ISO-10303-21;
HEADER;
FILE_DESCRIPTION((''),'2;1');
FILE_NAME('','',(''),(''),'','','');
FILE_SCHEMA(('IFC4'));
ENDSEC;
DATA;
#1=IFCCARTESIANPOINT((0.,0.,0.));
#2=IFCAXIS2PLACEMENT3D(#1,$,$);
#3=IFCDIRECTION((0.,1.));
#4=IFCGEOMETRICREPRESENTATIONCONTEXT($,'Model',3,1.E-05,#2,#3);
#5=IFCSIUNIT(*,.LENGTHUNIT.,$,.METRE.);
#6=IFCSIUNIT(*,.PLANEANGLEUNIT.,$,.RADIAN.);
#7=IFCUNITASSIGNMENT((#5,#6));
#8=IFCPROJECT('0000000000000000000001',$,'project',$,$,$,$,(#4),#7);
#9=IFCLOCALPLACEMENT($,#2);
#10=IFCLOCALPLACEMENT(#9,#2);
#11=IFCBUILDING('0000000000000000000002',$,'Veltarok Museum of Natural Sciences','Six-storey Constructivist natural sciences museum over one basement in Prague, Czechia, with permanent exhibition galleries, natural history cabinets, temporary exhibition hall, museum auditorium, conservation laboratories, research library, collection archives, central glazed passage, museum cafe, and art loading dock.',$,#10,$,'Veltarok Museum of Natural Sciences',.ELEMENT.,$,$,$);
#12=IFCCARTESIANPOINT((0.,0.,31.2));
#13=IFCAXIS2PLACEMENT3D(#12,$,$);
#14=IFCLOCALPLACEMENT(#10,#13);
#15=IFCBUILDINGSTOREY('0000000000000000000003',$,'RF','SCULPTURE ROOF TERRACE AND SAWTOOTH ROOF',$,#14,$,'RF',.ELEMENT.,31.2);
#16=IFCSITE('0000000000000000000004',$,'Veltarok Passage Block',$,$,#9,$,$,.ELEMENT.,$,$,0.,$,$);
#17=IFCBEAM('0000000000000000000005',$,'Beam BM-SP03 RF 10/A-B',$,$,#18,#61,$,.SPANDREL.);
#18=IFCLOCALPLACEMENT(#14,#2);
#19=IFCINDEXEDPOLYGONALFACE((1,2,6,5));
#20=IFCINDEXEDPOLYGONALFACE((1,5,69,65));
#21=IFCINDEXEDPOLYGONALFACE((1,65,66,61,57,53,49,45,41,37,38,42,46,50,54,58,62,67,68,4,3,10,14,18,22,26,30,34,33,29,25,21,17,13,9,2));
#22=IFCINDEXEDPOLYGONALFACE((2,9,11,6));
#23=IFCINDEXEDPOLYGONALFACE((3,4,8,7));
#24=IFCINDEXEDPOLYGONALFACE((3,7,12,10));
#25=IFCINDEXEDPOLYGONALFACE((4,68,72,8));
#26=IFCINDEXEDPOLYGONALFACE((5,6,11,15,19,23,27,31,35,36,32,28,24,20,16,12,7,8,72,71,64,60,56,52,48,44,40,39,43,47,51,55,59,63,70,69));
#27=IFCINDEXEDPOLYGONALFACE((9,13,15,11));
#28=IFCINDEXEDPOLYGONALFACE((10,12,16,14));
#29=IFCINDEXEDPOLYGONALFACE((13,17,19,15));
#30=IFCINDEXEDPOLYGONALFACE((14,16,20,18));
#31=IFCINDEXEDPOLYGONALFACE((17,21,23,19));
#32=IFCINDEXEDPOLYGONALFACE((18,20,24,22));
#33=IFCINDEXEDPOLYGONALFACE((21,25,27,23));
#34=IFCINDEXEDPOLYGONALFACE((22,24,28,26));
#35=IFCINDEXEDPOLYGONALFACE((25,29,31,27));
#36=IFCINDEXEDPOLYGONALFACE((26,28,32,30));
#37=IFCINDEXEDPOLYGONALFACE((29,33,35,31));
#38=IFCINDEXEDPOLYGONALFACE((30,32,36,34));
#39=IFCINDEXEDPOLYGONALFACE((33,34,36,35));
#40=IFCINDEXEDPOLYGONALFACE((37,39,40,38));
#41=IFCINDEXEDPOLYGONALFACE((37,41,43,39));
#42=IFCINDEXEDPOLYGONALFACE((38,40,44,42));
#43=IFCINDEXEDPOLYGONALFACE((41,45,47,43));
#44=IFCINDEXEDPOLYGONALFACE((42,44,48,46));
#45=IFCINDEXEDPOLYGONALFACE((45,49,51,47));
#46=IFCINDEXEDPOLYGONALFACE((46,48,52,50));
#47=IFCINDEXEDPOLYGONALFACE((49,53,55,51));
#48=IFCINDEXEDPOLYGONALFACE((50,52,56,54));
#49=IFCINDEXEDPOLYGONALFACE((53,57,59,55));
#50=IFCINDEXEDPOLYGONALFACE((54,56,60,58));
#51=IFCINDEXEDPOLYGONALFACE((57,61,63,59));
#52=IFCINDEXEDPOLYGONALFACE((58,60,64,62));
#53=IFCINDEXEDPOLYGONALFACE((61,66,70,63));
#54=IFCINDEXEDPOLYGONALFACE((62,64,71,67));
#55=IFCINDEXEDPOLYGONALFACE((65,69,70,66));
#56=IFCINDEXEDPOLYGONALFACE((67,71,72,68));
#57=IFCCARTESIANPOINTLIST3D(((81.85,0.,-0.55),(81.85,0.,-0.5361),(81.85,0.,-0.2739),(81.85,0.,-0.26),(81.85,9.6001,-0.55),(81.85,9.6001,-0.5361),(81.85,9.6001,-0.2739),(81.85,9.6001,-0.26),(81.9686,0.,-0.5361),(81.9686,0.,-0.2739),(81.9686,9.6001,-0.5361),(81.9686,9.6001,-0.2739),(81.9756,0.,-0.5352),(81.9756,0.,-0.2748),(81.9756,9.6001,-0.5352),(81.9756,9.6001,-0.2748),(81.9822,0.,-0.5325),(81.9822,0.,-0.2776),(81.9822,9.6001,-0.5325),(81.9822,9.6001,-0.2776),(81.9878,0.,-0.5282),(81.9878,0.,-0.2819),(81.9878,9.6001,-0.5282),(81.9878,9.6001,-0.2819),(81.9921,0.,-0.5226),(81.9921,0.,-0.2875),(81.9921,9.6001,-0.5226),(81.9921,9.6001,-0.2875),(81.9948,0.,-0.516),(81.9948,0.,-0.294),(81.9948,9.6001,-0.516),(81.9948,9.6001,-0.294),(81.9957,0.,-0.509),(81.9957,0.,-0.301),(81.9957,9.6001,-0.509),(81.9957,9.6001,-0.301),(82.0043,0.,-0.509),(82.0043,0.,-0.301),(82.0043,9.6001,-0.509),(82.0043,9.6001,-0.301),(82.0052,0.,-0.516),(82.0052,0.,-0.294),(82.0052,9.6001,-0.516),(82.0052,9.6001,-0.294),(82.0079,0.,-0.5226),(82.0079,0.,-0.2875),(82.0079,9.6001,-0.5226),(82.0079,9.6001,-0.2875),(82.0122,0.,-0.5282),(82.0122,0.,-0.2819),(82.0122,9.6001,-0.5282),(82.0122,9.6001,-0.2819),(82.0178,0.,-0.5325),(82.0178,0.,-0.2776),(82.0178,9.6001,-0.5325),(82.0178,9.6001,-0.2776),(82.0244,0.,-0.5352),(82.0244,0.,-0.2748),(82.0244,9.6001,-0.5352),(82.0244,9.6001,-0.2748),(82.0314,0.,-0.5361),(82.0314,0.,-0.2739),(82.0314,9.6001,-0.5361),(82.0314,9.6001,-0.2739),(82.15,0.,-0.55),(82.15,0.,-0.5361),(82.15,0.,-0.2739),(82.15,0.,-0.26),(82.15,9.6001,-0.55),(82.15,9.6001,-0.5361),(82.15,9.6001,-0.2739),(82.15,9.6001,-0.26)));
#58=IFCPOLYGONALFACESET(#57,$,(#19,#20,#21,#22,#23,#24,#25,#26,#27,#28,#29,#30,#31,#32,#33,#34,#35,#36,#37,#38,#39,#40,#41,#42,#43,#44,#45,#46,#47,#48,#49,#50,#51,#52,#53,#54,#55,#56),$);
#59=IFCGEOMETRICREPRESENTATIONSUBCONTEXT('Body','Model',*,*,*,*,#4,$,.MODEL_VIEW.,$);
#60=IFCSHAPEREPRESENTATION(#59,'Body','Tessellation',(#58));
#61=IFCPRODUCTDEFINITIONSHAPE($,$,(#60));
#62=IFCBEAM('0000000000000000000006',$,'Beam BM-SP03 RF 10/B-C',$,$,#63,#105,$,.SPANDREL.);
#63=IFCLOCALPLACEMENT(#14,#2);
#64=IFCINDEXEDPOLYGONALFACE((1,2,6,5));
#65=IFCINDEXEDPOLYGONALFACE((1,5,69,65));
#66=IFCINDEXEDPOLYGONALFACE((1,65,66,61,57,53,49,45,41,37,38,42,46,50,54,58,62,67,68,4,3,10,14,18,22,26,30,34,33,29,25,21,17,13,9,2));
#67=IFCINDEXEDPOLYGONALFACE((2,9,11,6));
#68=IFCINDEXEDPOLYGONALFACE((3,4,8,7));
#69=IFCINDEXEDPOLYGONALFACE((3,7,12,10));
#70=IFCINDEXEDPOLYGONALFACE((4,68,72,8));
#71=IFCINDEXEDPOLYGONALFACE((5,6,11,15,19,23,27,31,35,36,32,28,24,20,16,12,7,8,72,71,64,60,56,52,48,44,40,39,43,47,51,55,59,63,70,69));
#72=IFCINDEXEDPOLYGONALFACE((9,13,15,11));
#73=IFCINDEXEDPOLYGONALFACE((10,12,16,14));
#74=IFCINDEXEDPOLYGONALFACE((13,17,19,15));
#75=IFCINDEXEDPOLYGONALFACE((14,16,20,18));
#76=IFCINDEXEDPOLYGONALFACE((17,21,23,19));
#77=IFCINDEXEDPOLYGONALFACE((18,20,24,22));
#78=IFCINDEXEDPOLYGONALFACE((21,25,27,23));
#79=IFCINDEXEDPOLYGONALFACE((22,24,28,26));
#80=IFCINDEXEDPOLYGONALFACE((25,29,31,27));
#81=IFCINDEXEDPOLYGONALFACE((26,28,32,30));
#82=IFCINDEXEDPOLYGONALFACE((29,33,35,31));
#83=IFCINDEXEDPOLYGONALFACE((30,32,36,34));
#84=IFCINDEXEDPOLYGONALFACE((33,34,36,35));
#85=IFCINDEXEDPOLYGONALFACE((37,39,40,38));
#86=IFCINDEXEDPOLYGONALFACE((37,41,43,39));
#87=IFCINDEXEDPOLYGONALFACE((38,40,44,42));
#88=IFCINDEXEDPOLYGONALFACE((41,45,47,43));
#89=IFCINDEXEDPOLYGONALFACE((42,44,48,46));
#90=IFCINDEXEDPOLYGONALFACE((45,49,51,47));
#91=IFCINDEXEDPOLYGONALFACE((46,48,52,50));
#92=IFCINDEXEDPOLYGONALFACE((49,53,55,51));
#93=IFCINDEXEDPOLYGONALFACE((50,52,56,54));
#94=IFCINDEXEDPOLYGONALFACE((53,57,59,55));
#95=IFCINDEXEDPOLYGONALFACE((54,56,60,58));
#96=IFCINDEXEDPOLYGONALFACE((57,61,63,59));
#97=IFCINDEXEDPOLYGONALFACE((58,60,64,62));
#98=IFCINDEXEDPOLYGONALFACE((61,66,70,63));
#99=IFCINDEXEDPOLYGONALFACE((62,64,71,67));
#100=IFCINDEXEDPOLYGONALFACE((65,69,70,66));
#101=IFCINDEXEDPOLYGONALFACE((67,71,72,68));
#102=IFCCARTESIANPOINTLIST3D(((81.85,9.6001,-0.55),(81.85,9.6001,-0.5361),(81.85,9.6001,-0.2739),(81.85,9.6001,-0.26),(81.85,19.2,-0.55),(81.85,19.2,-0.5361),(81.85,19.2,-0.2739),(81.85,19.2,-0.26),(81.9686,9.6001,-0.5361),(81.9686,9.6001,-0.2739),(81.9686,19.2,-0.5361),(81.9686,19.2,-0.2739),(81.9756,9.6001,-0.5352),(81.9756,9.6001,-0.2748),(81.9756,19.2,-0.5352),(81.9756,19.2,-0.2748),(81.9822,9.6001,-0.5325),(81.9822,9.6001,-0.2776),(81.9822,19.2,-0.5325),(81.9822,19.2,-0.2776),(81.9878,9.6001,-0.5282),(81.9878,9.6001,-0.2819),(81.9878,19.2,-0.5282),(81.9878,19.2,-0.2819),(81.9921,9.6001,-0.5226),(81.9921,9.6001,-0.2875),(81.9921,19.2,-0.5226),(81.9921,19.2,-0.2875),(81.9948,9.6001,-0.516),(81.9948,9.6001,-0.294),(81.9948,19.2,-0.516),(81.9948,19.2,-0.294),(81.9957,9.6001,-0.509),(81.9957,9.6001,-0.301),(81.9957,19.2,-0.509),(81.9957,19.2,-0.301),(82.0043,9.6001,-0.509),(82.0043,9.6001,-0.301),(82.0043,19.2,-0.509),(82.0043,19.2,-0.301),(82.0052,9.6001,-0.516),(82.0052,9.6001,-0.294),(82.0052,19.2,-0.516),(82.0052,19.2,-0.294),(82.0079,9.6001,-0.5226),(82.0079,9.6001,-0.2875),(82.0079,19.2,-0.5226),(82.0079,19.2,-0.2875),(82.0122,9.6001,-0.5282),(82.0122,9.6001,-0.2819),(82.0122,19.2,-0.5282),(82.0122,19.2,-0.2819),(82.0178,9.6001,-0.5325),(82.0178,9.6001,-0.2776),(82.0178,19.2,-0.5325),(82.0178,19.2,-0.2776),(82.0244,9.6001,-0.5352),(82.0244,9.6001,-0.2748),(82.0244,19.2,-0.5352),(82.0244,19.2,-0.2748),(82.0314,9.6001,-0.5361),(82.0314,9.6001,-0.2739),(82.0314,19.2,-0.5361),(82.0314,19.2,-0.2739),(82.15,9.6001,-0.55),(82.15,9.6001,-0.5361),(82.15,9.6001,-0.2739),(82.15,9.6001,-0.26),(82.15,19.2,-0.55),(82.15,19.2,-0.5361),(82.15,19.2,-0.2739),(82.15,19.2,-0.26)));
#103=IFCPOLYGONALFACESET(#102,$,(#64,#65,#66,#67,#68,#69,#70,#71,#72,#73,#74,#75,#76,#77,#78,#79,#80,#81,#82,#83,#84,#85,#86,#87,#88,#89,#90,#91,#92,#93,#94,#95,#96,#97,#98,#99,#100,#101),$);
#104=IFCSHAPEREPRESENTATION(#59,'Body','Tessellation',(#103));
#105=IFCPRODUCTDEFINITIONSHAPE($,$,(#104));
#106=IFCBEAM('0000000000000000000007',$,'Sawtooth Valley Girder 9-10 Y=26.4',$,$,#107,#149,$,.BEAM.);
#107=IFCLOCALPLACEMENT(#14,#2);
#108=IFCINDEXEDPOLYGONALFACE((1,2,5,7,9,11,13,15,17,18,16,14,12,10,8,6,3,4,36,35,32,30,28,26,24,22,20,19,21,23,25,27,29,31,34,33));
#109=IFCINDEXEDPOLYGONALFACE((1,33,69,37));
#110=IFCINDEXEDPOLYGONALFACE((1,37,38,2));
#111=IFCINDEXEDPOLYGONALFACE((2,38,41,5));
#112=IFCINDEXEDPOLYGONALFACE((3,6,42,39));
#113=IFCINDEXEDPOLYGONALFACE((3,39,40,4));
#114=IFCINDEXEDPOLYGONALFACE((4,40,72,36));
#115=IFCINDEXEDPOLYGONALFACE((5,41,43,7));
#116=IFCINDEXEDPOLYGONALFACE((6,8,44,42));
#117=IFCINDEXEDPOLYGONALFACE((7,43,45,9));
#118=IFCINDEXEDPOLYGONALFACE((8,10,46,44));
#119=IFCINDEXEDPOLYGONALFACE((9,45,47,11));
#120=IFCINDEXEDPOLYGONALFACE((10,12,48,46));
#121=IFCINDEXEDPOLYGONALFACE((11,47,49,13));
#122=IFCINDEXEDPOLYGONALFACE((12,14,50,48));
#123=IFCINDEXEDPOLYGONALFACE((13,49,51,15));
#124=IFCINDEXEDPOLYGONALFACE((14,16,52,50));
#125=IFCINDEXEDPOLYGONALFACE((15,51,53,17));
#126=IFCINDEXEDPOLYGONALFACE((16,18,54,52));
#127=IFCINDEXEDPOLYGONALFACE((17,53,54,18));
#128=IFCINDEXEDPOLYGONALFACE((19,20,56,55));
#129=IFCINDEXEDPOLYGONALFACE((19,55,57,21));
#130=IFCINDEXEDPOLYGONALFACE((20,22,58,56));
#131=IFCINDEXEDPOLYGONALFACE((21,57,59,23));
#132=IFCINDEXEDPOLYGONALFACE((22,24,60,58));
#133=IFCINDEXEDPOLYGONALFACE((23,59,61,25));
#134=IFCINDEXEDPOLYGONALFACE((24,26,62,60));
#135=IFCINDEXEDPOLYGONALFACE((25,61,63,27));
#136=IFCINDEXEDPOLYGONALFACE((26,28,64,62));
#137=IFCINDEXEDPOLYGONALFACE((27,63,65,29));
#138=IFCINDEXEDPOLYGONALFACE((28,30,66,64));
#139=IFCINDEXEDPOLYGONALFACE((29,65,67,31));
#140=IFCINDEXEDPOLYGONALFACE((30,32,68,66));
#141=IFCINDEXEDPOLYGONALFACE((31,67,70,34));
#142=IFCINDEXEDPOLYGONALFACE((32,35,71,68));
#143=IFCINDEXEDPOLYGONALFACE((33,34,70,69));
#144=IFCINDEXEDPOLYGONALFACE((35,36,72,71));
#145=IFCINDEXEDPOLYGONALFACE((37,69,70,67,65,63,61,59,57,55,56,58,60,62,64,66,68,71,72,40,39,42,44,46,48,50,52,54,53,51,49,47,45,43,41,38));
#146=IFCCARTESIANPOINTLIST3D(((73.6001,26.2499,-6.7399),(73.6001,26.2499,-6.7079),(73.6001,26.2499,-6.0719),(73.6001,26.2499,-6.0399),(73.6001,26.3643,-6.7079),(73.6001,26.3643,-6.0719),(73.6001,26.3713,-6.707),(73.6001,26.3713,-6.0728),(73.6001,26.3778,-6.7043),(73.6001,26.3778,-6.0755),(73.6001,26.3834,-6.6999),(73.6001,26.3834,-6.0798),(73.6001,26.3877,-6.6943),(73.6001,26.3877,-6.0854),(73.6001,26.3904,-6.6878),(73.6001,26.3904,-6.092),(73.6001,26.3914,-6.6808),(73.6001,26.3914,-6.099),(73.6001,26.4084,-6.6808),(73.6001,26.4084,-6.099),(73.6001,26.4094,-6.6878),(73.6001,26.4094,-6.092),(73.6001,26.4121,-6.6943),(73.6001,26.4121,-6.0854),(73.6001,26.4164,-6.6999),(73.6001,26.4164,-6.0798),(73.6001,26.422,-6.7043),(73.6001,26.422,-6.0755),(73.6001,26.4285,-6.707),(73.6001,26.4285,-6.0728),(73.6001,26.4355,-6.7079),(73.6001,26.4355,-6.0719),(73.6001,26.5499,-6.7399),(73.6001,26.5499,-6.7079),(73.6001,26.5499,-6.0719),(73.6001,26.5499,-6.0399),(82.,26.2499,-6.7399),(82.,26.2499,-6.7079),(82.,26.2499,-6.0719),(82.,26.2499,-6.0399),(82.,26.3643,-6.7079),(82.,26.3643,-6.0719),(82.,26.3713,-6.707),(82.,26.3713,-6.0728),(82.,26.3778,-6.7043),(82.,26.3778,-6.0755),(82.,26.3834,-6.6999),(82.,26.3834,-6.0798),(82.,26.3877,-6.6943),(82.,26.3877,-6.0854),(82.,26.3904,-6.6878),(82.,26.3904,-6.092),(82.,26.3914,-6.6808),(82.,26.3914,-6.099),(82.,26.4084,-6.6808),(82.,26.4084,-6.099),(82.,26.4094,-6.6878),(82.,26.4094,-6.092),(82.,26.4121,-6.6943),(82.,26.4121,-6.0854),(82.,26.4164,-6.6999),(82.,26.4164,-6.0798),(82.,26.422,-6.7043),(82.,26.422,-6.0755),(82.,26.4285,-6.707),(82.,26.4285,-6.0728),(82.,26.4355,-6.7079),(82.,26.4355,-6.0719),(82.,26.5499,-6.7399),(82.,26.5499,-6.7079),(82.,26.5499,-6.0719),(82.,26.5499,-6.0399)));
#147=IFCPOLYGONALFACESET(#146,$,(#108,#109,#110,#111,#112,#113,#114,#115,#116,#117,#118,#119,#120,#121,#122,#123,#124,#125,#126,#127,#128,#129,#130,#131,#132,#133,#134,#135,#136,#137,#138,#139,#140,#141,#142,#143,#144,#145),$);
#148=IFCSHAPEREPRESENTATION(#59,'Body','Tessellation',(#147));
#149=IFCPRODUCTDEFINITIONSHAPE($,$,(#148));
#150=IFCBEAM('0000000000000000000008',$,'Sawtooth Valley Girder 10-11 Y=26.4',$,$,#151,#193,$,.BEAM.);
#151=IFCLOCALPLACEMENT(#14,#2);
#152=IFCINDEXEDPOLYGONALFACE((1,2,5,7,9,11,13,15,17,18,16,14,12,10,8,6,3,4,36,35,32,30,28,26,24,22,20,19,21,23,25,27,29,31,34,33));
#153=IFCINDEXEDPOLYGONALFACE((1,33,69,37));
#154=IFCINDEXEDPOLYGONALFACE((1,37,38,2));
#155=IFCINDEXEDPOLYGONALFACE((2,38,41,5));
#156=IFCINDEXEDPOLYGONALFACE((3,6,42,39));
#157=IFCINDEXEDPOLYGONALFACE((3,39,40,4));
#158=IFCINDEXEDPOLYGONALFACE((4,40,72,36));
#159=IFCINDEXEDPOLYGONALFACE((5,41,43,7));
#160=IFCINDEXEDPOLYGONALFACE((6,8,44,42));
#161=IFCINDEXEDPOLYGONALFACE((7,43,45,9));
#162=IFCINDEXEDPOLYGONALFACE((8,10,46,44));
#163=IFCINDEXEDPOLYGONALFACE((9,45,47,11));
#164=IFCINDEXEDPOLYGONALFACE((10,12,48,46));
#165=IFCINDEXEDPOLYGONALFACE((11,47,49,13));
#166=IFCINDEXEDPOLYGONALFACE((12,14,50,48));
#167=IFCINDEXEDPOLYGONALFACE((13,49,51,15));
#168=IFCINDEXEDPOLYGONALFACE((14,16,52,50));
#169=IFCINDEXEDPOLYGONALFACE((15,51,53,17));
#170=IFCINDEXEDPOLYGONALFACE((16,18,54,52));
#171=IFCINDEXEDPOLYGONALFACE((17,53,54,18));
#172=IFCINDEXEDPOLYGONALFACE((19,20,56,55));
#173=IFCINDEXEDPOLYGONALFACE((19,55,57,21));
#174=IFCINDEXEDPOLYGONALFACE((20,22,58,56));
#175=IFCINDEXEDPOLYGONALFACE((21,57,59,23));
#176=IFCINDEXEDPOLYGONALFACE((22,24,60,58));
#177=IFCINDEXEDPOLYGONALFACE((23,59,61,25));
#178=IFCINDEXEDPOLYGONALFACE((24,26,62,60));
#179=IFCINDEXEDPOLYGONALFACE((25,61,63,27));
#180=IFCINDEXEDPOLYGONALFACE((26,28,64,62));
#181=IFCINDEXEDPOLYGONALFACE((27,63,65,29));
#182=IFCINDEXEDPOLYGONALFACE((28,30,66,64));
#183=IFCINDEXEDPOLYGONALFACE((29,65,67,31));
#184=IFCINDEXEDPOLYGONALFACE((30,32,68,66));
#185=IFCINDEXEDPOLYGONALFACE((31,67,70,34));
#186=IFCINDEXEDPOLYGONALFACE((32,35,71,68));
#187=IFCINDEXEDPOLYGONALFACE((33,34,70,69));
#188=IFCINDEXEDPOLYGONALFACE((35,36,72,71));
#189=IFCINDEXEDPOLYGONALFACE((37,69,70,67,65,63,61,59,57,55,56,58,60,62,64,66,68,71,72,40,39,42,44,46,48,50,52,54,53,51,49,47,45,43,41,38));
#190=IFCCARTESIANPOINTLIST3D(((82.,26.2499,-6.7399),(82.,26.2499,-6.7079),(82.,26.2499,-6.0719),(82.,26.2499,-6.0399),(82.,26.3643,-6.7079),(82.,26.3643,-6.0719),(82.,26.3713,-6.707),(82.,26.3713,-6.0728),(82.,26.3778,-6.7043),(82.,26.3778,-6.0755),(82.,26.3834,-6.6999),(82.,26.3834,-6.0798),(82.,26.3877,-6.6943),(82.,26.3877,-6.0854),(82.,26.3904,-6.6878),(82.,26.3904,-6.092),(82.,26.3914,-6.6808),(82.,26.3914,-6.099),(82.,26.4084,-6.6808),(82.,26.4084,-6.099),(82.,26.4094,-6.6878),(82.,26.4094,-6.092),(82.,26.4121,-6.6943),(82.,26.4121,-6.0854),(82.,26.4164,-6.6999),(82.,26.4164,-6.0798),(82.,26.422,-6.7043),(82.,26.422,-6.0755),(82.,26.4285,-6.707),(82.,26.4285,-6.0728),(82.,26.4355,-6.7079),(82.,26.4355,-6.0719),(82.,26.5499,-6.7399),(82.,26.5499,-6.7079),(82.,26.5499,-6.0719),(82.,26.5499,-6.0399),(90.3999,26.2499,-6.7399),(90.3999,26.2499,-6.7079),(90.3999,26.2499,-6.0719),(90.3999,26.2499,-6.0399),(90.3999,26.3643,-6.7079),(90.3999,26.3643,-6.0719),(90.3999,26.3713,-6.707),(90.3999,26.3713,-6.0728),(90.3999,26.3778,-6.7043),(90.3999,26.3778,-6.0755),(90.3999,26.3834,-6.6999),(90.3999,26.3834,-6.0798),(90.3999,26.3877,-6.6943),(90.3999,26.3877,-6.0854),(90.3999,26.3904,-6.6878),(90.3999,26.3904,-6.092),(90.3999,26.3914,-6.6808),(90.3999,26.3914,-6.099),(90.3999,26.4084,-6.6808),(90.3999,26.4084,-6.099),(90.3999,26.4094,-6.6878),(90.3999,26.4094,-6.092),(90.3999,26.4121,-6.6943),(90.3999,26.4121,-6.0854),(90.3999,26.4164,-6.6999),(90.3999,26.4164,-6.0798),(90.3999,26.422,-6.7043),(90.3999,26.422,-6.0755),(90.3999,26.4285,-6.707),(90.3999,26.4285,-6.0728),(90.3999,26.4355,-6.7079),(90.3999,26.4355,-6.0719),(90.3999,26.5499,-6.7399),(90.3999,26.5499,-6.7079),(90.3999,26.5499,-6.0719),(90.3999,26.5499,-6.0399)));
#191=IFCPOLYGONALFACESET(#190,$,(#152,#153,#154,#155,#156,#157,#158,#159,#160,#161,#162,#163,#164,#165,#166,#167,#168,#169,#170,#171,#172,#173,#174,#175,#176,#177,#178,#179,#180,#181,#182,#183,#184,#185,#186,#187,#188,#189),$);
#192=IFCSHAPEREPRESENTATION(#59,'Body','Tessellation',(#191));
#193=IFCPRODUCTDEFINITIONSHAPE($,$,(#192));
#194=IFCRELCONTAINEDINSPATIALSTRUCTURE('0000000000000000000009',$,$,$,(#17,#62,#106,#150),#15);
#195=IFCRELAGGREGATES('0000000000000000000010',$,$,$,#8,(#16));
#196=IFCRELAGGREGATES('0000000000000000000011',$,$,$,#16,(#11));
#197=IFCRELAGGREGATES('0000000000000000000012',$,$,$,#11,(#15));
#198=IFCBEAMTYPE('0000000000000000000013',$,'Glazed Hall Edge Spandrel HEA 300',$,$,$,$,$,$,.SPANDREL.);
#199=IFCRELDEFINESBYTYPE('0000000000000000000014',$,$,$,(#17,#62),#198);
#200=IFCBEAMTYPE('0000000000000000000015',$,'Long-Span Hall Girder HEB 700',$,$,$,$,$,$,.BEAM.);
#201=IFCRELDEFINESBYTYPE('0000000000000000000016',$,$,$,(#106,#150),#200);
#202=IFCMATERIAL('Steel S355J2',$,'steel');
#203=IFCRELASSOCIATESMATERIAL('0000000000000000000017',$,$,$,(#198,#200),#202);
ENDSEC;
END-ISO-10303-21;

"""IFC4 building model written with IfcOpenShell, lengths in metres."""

from ifc_helpers import new_model, si_unit, direction, frame, origin, origin_2d, place, context, subcontext, project, spatial, i_section, extrude, material, material_profile, profile_set, type_object, element, save


model = new_model("IFC4")

# Units and contexts
model_context = context("Model", 3, precision=1e-05, world=origin(), true_north=direction((0.0, 1.0)))
body_context = subcontext(model_context, "Body", "Model", "MODEL_VIEW")
ifc_project = project(units=[si_unit("LENGTHUNIT", "METRE"), si_unit("PLANEANGLEUNIT", "RADIAN")], contexts=[model_context])

# Site, building, storey
site_placement = place(None, origin())
site = spatial("IfcSite", under=ifc_project, at=site_placement, Name="Veltarok Passage Block", CompositionType="ELEMENT", RefElevation=0.0)
building_placement = place(site_placement, origin())
building = spatial("IfcBuilding", under=site, at=building_placement, Name="Veltarok Museum of Natural Sciences", Description="Six-storey Constructivist natural sciences museum over one basement in Prague, Czechia, with permanent exhibition galleries, natural history cabinets, temporary exhibition hall, museum auditorium, conservation laboratories, research library, collection archives, central glazed passage, museum cafe, and art loading dock.", LongName="Veltarok Museum of Natural Sciences", CompositionType="ELEMENT")
storey_placement = place(building_placement, frame((0.0, 0.0, 31.2)))
storey = spatial("IfcBuildingStorey", under=building, at=storey_placement, Name="RF", Description="SCULPTURE ROOF TERRACE AND SAWTOOTH ROOF", LongName="RF", CompositionType="ELEMENT", Elevation=31.2)

# Beams
ifc_material_1 = material(Name="Steel S355J2", Category="steel")
ifc_material_profile_1 = material_profile(ifc_material_1, i_section(OverallWidth=0.3, OverallDepth=0.29, WebThickness=0.0085, FlangeThickness=0.0139, FilletRadius=0.0271, at=origin_2d()), Name="HEA 300")
ifc_profile_set_1 = profile_set([ifc_material_profile_1], Name="Steel S355J2")
beam_type_1 = type_object("IfcBeamType", Name="Glazed Hall Edge Spandrel HEA 300", PredefinedType="SPANDREL", material=ifc_profile_set_1)
beam_1_placement = place(storey_placement, frame((82.0, 0.0, -0.405), z_axis=(0.0, 1.0, 0.0), x_axis=(-1.0, 0.0, 0.0)))
element("IfcBeam", 1, at=beam_1_placement, inside=storey, type_object=beam_type_1, Name="Beam BM-SP03 RF 10/A-B", PredefinedType="SPANDREL", context=body_context, shape_type="SweptSolid", body=[
    extrude(i_section(OverallWidth=0.3, OverallDepth=0.29, WebThickness=0.0085, FlangeThickness=0.0139, FilletRadius=0.0271, at=origin_2d()), origin(), (0.0, 0.0, 1.0), 9.6001),
])
beam_2_placement = place(storey_placement, frame((82.0, 9.6001, -0.405), z_axis=(0.0, 1.0, 0.0), x_axis=(-1.0, 0.0, 0.0)))
element("IfcBeam", 2, at=beam_2_placement, inside=storey, type_object=beam_type_1, Name="Beam BM-SP03 RF 10/B-C", PredefinedType="SPANDREL", context=body_context, shape_type="SweptSolid", body=[
    extrude(i_section(OverallWidth=0.3, OverallDepth=0.29, WebThickness=0.0085, FlangeThickness=0.0139, FilletRadius=0.0271, at=origin_2d()), origin(), (0.0, 0.0, 1.0), 9.5999),
])
ifc_material_profile_2 = material_profile(ifc_material_1, i_section(OverallWidth=0.3, OverallDepth=0.7, WebThickness=0.0171, FlangeThickness=0.032, FilletRadius=0.0271, at=origin_2d()), Name="HEB 700")
ifc_profile_set_2 = profile_set([ifc_material_profile_2], Name="Steel S355J2")
beam_type_2 = type_object("IfcBeamType", Name="Long-Span Hall Girder HEB 700", PredefinedType="BEAM", material=ifc_profile_set_2)
for number, where, z_axis, x_axis, name in (
    (3, (73.6001, 26.3999, -6.3899), (1.0, 0.0, 0.0), (0.0, 1.0, 0.0), "Sawtooth Valley Girder 9-10 Y=26.4"),
    (4, (82.0, 26.3999, -6.3899), (1.0, 0.0, 0.0), (0.0, 1.0, 0.0), "Sawtooth Valley Girder 10-11 Y=26.4"),
):
    element("IfcBeam", number, at=place(storey_placement, frame(where, z_axis=z_axis, x_axis=x_axis)), inside=storey, type_object=beam_type_2, Name=name, PredefinedType="BEAM", context=body_context, shape_type="SweptSolid", body=[
        extrude(i_section(OverallWidth=0.3, OverallDepth=0.7, WebThickness=0.0171, FlangeThickness=0.032, FilletRadius=0.0271, at=origin_2d()), origin(), (0.0, 0.0, 1.0), 8.3999),
    ])

save(model, "model.ifc")
